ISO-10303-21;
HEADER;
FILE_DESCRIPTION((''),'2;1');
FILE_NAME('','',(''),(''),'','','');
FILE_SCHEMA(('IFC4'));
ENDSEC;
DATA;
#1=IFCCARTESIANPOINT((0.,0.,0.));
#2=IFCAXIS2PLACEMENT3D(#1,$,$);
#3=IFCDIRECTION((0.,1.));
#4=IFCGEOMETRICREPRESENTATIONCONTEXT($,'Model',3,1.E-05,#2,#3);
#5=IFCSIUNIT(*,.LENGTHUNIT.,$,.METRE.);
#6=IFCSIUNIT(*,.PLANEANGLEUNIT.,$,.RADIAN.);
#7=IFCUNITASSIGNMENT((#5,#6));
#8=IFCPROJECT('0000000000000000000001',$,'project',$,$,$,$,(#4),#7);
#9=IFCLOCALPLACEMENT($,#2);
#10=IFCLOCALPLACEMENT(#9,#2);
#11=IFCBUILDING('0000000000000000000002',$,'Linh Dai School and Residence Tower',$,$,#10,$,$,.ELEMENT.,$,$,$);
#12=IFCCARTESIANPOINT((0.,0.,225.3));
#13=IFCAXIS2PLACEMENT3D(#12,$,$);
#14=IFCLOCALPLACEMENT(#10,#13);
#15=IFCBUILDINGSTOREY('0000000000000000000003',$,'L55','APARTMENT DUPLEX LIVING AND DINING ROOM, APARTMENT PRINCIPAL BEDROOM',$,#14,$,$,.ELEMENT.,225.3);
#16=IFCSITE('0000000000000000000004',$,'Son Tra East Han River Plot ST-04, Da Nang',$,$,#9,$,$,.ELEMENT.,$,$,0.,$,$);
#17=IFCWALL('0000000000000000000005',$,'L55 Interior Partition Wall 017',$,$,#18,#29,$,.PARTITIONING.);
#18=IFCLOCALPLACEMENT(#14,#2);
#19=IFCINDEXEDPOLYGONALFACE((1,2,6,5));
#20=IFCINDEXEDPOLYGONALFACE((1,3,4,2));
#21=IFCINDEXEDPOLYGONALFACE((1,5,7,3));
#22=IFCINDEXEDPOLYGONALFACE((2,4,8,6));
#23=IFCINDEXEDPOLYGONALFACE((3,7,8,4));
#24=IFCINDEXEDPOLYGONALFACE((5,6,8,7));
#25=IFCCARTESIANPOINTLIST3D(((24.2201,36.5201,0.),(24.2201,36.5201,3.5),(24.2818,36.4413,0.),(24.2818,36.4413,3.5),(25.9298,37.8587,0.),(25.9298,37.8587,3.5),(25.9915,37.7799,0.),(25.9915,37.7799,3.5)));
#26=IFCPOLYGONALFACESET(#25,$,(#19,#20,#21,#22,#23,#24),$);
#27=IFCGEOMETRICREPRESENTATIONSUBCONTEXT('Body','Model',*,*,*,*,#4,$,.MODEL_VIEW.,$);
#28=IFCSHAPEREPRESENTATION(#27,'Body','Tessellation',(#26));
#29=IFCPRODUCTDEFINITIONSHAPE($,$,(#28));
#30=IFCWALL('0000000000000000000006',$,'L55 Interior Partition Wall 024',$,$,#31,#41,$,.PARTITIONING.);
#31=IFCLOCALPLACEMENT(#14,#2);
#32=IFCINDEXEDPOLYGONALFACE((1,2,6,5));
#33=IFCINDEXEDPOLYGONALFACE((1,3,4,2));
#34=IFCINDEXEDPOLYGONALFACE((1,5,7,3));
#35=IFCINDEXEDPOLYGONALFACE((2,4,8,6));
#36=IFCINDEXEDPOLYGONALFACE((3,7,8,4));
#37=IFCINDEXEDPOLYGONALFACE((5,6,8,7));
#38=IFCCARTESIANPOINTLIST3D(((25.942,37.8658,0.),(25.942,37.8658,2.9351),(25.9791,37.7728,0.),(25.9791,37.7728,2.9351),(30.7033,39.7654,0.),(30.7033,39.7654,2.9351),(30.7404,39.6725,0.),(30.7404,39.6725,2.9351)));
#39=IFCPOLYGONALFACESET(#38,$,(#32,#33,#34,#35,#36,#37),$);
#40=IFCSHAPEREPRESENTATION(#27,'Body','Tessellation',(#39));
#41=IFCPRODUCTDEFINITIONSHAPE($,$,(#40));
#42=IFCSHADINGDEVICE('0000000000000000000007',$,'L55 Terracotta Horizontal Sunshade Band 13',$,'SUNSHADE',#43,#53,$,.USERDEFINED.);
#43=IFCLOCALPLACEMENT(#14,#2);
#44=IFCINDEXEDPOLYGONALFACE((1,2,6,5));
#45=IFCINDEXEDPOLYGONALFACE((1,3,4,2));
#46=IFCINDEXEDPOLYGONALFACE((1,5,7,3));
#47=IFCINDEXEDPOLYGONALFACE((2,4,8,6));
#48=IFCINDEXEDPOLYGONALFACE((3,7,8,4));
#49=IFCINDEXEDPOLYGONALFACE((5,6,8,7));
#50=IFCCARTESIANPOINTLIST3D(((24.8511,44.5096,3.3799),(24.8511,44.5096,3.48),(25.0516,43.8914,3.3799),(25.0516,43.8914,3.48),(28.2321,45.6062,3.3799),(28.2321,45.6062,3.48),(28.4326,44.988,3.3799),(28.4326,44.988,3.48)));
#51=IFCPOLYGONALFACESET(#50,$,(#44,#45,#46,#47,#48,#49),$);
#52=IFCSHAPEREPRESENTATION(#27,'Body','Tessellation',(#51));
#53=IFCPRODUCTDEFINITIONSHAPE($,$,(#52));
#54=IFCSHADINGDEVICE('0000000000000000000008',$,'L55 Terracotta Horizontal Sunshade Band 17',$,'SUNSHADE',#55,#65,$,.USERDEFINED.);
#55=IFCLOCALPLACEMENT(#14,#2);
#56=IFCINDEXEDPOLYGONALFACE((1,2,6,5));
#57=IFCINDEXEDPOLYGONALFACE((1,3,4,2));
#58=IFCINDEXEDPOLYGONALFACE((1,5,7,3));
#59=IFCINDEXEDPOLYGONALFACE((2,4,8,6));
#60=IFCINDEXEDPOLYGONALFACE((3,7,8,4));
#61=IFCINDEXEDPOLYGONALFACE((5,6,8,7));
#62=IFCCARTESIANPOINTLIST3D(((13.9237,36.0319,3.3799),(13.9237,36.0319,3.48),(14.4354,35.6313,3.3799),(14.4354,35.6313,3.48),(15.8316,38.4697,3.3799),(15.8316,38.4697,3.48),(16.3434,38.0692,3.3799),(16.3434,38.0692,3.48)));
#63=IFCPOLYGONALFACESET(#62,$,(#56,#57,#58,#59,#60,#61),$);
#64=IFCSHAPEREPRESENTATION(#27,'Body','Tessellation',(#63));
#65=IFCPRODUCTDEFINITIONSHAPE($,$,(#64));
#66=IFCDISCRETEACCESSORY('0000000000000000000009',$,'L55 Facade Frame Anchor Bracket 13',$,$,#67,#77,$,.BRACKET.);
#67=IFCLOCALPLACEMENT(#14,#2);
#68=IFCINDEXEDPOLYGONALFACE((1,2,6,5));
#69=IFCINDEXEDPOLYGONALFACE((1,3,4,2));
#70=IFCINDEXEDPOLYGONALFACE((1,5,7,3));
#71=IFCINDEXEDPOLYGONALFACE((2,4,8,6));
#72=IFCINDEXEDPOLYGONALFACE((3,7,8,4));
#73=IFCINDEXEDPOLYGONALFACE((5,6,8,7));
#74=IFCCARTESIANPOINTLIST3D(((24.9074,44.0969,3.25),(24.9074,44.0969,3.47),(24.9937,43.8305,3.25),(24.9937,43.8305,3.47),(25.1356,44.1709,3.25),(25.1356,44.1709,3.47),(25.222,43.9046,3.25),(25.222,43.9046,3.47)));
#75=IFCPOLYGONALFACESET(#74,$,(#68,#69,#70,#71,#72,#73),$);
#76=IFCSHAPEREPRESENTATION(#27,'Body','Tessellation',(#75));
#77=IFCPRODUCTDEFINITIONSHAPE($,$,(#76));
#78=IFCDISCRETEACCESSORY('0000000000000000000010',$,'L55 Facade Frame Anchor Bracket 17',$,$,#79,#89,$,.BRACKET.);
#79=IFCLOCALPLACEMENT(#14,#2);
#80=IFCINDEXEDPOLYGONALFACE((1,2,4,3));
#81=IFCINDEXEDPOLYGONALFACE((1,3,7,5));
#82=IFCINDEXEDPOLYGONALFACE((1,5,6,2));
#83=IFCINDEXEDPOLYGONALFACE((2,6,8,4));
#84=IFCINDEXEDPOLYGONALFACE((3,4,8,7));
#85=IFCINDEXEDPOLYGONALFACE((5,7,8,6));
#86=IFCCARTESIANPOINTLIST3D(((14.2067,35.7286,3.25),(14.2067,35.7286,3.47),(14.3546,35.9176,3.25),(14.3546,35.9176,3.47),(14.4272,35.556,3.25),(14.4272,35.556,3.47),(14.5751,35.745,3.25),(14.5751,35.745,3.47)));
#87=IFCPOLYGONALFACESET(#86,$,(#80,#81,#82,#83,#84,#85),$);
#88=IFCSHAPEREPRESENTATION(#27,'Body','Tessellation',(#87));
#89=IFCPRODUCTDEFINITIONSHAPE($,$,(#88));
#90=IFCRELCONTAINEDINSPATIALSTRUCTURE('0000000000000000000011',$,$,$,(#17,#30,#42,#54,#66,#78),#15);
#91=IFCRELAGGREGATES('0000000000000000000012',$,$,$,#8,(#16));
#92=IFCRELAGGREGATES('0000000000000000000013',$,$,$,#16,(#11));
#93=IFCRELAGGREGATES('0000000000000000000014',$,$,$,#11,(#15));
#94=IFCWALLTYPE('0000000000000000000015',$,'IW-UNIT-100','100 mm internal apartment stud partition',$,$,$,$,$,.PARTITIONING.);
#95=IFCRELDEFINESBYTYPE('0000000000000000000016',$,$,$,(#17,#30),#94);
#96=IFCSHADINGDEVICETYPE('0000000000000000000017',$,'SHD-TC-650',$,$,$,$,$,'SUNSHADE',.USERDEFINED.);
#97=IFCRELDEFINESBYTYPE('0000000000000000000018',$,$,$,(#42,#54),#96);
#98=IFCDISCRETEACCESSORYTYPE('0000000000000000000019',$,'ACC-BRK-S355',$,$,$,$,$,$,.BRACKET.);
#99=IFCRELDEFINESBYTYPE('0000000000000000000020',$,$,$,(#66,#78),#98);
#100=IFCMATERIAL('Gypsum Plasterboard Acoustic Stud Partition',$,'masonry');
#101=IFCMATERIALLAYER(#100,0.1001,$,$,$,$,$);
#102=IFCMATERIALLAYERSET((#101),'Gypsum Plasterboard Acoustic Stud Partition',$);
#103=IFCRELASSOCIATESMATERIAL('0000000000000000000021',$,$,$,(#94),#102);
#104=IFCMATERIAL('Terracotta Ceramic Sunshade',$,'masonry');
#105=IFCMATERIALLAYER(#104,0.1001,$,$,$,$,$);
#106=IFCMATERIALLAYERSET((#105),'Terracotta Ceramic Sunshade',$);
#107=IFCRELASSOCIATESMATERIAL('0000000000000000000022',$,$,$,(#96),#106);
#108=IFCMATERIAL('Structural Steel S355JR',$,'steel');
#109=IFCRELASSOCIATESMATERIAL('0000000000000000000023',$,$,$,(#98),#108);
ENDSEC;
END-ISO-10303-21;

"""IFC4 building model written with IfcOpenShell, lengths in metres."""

from ifc_helpers import new_model, si_unit, direction, frame, frame_2d, origin, origin_2d, place, context, subcontext, project, spatial, rectangle, extrude, source, transform, mapped, material, layer, layer_set, type_object, element, save


model = new_model("IFC4")

# Units and contexts
model_context = context("Model", 3, precision=1e-05, world=origin(), true_north=direction((0.0, 1.0)))
body_context = subcontext(model_context, "Body", "Model", "MODEL_VIEW")
ifc_project = project(units=[si_unit("LENGTHUNIT", "METRE"), si_unit("PLANEANGLEUNIT", "RADIAN")], contexts=[model_context])

# Site, building, storey
site_placement = place(None, origin())
site = spatial("IfcSite", under=ifc_project, at=site_placement, Name="Son Tra East Han River Plot ST-04, Da Nang", CompositionType="ELEMENT", RefElevation=0.0)
building_placement = place(site_placement, origin())
building = spatial("IfcBuilding", under=site, at=building_placement, Name="Linh Dai School and Residence Tower", CompositionType="ELEMENT")
storey_placement = place(building_placement, frame((0.0, 0.0, 225.3)))
storey = spatial("IfcBuildingStorey", under=building, at=storey_placement, Name="L55", Description="APARTMENT DUPLEX LIVING AND DINING ROOM, APARTMENT PRINCIPAL BEDROOM", CompositionType="ELEMENT", Elevation=225.3)

# Shared definitions
ifc_material_1 = material(Name="Structural Steel S355JR", Category="steel")

# Shared definitions
ifc_material_2 = material(Name="Gypsum Plasterboard Acoustic Stud Partition", Category="masonry")
ifc_layer_1 = layer(ifc_material_2, 0.1001)
ifc_layer_set_1 = layer_set([ifc_layer_1], Name="Gypsum Plasterboard Acoustic Stud Partition")
wall_type_1 = type_object("IfcWallType", Name="IW-UNIT-100", Description="100 mm internal apartment stud partition", PredefinedType="PARTITIONING", material=ifc_layer_set_1)

# Walls
wall_1_placement = place(storey_placement, frame((24.251, 36.4807, 0.0), z_axis=(0.0, 0.0, 1.0), x_axis=(0.787374, 0.616475, 0.0)))
element("IfcWall", 1, at=wall_1_placement, inside=storey, type_object=wall_type_1, Name="L55 Interior Partition Wall 017", PredefinedType="PARTITIONING", context=body_context, shape_type="SweptSolid", body=[
    extrude(rectangle(XDim=2.1714, YDim=0.1001, at=frame_2d((1.0857, 0.0))), origin(), (0.0, 0.0, 1.0), 3.5),
])
wall_2_placement = place(storey_placement, frame((25.9607, 37.8193, 0.0), z_axis=(0.0, 0.0, 1.0), x_axis=(0.928802, 0.370578, 0.0)))
element("IfcWall", 2, at=wall_2_placement, inside=storey, type_object=wall_type_1, Name="L55 Interior Partition Wall 024", PredefinedType="PARTITIONING", context=body_context, shape_type="SweptSolid", body=[
    extrude(rectangle(XDim=5.1262, YDim=0.1001, at=frame_2d((2.563, 0.0))), origin(), (0.0, 0.0, 1.0), 2.9351),
])

# Shading devices
ifc_material_3 = material(Name="Terracotta Ceramic Sunshade", Category="masonry")
ifc_layer_2 = layer(ifc_material_3, 0.1001)
ifc_layer_set_2 = layer_set([ifc_layer_2], Name="Terracotta Ceramic Sunshade")
shading_device_type = type_object("IfcShadingDeviceType", Name="SHD-TC-650", ElementType="SUNSHADE", PredefinedType="USERDEFINED", material=ifc_layer_set_2)
shared_shape_1 = source(origin(), body_context, "Body", "SweptSolid", [
    extrude(rectangle(XDim=3.5544, YDim=0.6499, at=origin_2d()), origin(), (0.0, 0.0, 1.0), 0.1001),
])
shading_device_1_placement = place(storey_placement, frame((26.6418, 44.7488, 3.3799), z_axis=(0.0, 0.0, 1.0), x_axis=(0.951224, 0.308501, 0.0)))
element("IfcShadingDevice", 3, at=shading_device_1_placement, inside=storey, type_object=shading_device_type, Name="L55 Terracotta Horizontal Sunshade Band 13", ObjectType="SUNSHADE", PredefinedType="USERDEFINED", context=body_context, shape_type="MappedRepresentation", body=[
    mapped(shared_shape_1, transform((0.0, 0.0, 0.0), x_axis=(1.0, 0.0, 0.0), y_axis=(0.0, 1.0, 0.0), z_axis=(0.0, 0.0, 1.0), scale=1.0)),
])
shared_shape_2 = source(origin(), body_context, "Body", "SweptSolid", [
    extrude(rectangle(XDim=3.0957, YDim=0.6499, at=origin_2d()), origin(), (0.0, 0.0, 1.0), 0.1001),
])
shading_device_2_placement = place(storey_placement, frame((15.1335, 37.0505, 3.3799), z_axis=(0.0, 0.0, 1.0), x_axis=(0.616332, 0.787487, 0.0)))
element("IfcShadingDevice", 4, at=shading_device_2_placement, inside=storey, type_object=shading_device_type, Name="L55 Terracotta Horizontal Sunshade Band 17", ObjectType="SUNSHADE", PredefinedType="USERDEFINED", context=body_context, shape_type="MappedRepresentation", body=[
    mapped(shared_shape_2, transform((0.0, 0.0, 0.0), x_axis=(1.0, 0.0, 0.0), y_axis=(0.0, 1.0, 0.0), z_axis=(0.0, 0.0, 1.0), scale=1.0)),
])

# Discrete accessories
discrete_accessory_type = type_object("IfcDiscreteAccessoryType", Name="ACC-BRK-S355", PredefinedType="BRACKET", material=ifc_material_1)
shared_shape_3 = source(origin(), body_context, "Body", "SweptSolid", [
    extrude(rectangle(XDim=0.28, YDim=0.24, at=origin_2d()), origin(), (0.0, 0.0, 1.0), 0.22),
])
for number, where, z_axis, x_axis, name in (
    (5, (25.0647, 44.0007, 3.25), (0.0, 0.0, 1.0), (-0.308501, 0.951224, 0.0), "L55 Facade Frame Anchor Bracket 13"),
    (6, (14.3909, 35.7368, 3.25), (0.0, 0.0, 1.0), (-0.787487, 0.616332, 0.0), "L55 Facade Frame Anchor Bracket 17"),
):
    element("IfcDiscreteAccessory", number, at=place(storey_placement, frame(where, z_axis=z_axis, x_axis=x_axis)), inside=storey, type_object=discrete_accessory_type, Name=name, PredefinedType="BRACKET", context=body_context, shape_type="MappedRepresentation", body=[
        mapped(shared_shape_3, transform((0.0, 0.0, 0.0), x_axis=(1.0, 0.0, 0.0), y_axis=(0.0, 1.0, 0.0), z_axis=(0.0, 0.0, 1.0), scale=1.0)),
    ])

save(model, "model.ifc")
